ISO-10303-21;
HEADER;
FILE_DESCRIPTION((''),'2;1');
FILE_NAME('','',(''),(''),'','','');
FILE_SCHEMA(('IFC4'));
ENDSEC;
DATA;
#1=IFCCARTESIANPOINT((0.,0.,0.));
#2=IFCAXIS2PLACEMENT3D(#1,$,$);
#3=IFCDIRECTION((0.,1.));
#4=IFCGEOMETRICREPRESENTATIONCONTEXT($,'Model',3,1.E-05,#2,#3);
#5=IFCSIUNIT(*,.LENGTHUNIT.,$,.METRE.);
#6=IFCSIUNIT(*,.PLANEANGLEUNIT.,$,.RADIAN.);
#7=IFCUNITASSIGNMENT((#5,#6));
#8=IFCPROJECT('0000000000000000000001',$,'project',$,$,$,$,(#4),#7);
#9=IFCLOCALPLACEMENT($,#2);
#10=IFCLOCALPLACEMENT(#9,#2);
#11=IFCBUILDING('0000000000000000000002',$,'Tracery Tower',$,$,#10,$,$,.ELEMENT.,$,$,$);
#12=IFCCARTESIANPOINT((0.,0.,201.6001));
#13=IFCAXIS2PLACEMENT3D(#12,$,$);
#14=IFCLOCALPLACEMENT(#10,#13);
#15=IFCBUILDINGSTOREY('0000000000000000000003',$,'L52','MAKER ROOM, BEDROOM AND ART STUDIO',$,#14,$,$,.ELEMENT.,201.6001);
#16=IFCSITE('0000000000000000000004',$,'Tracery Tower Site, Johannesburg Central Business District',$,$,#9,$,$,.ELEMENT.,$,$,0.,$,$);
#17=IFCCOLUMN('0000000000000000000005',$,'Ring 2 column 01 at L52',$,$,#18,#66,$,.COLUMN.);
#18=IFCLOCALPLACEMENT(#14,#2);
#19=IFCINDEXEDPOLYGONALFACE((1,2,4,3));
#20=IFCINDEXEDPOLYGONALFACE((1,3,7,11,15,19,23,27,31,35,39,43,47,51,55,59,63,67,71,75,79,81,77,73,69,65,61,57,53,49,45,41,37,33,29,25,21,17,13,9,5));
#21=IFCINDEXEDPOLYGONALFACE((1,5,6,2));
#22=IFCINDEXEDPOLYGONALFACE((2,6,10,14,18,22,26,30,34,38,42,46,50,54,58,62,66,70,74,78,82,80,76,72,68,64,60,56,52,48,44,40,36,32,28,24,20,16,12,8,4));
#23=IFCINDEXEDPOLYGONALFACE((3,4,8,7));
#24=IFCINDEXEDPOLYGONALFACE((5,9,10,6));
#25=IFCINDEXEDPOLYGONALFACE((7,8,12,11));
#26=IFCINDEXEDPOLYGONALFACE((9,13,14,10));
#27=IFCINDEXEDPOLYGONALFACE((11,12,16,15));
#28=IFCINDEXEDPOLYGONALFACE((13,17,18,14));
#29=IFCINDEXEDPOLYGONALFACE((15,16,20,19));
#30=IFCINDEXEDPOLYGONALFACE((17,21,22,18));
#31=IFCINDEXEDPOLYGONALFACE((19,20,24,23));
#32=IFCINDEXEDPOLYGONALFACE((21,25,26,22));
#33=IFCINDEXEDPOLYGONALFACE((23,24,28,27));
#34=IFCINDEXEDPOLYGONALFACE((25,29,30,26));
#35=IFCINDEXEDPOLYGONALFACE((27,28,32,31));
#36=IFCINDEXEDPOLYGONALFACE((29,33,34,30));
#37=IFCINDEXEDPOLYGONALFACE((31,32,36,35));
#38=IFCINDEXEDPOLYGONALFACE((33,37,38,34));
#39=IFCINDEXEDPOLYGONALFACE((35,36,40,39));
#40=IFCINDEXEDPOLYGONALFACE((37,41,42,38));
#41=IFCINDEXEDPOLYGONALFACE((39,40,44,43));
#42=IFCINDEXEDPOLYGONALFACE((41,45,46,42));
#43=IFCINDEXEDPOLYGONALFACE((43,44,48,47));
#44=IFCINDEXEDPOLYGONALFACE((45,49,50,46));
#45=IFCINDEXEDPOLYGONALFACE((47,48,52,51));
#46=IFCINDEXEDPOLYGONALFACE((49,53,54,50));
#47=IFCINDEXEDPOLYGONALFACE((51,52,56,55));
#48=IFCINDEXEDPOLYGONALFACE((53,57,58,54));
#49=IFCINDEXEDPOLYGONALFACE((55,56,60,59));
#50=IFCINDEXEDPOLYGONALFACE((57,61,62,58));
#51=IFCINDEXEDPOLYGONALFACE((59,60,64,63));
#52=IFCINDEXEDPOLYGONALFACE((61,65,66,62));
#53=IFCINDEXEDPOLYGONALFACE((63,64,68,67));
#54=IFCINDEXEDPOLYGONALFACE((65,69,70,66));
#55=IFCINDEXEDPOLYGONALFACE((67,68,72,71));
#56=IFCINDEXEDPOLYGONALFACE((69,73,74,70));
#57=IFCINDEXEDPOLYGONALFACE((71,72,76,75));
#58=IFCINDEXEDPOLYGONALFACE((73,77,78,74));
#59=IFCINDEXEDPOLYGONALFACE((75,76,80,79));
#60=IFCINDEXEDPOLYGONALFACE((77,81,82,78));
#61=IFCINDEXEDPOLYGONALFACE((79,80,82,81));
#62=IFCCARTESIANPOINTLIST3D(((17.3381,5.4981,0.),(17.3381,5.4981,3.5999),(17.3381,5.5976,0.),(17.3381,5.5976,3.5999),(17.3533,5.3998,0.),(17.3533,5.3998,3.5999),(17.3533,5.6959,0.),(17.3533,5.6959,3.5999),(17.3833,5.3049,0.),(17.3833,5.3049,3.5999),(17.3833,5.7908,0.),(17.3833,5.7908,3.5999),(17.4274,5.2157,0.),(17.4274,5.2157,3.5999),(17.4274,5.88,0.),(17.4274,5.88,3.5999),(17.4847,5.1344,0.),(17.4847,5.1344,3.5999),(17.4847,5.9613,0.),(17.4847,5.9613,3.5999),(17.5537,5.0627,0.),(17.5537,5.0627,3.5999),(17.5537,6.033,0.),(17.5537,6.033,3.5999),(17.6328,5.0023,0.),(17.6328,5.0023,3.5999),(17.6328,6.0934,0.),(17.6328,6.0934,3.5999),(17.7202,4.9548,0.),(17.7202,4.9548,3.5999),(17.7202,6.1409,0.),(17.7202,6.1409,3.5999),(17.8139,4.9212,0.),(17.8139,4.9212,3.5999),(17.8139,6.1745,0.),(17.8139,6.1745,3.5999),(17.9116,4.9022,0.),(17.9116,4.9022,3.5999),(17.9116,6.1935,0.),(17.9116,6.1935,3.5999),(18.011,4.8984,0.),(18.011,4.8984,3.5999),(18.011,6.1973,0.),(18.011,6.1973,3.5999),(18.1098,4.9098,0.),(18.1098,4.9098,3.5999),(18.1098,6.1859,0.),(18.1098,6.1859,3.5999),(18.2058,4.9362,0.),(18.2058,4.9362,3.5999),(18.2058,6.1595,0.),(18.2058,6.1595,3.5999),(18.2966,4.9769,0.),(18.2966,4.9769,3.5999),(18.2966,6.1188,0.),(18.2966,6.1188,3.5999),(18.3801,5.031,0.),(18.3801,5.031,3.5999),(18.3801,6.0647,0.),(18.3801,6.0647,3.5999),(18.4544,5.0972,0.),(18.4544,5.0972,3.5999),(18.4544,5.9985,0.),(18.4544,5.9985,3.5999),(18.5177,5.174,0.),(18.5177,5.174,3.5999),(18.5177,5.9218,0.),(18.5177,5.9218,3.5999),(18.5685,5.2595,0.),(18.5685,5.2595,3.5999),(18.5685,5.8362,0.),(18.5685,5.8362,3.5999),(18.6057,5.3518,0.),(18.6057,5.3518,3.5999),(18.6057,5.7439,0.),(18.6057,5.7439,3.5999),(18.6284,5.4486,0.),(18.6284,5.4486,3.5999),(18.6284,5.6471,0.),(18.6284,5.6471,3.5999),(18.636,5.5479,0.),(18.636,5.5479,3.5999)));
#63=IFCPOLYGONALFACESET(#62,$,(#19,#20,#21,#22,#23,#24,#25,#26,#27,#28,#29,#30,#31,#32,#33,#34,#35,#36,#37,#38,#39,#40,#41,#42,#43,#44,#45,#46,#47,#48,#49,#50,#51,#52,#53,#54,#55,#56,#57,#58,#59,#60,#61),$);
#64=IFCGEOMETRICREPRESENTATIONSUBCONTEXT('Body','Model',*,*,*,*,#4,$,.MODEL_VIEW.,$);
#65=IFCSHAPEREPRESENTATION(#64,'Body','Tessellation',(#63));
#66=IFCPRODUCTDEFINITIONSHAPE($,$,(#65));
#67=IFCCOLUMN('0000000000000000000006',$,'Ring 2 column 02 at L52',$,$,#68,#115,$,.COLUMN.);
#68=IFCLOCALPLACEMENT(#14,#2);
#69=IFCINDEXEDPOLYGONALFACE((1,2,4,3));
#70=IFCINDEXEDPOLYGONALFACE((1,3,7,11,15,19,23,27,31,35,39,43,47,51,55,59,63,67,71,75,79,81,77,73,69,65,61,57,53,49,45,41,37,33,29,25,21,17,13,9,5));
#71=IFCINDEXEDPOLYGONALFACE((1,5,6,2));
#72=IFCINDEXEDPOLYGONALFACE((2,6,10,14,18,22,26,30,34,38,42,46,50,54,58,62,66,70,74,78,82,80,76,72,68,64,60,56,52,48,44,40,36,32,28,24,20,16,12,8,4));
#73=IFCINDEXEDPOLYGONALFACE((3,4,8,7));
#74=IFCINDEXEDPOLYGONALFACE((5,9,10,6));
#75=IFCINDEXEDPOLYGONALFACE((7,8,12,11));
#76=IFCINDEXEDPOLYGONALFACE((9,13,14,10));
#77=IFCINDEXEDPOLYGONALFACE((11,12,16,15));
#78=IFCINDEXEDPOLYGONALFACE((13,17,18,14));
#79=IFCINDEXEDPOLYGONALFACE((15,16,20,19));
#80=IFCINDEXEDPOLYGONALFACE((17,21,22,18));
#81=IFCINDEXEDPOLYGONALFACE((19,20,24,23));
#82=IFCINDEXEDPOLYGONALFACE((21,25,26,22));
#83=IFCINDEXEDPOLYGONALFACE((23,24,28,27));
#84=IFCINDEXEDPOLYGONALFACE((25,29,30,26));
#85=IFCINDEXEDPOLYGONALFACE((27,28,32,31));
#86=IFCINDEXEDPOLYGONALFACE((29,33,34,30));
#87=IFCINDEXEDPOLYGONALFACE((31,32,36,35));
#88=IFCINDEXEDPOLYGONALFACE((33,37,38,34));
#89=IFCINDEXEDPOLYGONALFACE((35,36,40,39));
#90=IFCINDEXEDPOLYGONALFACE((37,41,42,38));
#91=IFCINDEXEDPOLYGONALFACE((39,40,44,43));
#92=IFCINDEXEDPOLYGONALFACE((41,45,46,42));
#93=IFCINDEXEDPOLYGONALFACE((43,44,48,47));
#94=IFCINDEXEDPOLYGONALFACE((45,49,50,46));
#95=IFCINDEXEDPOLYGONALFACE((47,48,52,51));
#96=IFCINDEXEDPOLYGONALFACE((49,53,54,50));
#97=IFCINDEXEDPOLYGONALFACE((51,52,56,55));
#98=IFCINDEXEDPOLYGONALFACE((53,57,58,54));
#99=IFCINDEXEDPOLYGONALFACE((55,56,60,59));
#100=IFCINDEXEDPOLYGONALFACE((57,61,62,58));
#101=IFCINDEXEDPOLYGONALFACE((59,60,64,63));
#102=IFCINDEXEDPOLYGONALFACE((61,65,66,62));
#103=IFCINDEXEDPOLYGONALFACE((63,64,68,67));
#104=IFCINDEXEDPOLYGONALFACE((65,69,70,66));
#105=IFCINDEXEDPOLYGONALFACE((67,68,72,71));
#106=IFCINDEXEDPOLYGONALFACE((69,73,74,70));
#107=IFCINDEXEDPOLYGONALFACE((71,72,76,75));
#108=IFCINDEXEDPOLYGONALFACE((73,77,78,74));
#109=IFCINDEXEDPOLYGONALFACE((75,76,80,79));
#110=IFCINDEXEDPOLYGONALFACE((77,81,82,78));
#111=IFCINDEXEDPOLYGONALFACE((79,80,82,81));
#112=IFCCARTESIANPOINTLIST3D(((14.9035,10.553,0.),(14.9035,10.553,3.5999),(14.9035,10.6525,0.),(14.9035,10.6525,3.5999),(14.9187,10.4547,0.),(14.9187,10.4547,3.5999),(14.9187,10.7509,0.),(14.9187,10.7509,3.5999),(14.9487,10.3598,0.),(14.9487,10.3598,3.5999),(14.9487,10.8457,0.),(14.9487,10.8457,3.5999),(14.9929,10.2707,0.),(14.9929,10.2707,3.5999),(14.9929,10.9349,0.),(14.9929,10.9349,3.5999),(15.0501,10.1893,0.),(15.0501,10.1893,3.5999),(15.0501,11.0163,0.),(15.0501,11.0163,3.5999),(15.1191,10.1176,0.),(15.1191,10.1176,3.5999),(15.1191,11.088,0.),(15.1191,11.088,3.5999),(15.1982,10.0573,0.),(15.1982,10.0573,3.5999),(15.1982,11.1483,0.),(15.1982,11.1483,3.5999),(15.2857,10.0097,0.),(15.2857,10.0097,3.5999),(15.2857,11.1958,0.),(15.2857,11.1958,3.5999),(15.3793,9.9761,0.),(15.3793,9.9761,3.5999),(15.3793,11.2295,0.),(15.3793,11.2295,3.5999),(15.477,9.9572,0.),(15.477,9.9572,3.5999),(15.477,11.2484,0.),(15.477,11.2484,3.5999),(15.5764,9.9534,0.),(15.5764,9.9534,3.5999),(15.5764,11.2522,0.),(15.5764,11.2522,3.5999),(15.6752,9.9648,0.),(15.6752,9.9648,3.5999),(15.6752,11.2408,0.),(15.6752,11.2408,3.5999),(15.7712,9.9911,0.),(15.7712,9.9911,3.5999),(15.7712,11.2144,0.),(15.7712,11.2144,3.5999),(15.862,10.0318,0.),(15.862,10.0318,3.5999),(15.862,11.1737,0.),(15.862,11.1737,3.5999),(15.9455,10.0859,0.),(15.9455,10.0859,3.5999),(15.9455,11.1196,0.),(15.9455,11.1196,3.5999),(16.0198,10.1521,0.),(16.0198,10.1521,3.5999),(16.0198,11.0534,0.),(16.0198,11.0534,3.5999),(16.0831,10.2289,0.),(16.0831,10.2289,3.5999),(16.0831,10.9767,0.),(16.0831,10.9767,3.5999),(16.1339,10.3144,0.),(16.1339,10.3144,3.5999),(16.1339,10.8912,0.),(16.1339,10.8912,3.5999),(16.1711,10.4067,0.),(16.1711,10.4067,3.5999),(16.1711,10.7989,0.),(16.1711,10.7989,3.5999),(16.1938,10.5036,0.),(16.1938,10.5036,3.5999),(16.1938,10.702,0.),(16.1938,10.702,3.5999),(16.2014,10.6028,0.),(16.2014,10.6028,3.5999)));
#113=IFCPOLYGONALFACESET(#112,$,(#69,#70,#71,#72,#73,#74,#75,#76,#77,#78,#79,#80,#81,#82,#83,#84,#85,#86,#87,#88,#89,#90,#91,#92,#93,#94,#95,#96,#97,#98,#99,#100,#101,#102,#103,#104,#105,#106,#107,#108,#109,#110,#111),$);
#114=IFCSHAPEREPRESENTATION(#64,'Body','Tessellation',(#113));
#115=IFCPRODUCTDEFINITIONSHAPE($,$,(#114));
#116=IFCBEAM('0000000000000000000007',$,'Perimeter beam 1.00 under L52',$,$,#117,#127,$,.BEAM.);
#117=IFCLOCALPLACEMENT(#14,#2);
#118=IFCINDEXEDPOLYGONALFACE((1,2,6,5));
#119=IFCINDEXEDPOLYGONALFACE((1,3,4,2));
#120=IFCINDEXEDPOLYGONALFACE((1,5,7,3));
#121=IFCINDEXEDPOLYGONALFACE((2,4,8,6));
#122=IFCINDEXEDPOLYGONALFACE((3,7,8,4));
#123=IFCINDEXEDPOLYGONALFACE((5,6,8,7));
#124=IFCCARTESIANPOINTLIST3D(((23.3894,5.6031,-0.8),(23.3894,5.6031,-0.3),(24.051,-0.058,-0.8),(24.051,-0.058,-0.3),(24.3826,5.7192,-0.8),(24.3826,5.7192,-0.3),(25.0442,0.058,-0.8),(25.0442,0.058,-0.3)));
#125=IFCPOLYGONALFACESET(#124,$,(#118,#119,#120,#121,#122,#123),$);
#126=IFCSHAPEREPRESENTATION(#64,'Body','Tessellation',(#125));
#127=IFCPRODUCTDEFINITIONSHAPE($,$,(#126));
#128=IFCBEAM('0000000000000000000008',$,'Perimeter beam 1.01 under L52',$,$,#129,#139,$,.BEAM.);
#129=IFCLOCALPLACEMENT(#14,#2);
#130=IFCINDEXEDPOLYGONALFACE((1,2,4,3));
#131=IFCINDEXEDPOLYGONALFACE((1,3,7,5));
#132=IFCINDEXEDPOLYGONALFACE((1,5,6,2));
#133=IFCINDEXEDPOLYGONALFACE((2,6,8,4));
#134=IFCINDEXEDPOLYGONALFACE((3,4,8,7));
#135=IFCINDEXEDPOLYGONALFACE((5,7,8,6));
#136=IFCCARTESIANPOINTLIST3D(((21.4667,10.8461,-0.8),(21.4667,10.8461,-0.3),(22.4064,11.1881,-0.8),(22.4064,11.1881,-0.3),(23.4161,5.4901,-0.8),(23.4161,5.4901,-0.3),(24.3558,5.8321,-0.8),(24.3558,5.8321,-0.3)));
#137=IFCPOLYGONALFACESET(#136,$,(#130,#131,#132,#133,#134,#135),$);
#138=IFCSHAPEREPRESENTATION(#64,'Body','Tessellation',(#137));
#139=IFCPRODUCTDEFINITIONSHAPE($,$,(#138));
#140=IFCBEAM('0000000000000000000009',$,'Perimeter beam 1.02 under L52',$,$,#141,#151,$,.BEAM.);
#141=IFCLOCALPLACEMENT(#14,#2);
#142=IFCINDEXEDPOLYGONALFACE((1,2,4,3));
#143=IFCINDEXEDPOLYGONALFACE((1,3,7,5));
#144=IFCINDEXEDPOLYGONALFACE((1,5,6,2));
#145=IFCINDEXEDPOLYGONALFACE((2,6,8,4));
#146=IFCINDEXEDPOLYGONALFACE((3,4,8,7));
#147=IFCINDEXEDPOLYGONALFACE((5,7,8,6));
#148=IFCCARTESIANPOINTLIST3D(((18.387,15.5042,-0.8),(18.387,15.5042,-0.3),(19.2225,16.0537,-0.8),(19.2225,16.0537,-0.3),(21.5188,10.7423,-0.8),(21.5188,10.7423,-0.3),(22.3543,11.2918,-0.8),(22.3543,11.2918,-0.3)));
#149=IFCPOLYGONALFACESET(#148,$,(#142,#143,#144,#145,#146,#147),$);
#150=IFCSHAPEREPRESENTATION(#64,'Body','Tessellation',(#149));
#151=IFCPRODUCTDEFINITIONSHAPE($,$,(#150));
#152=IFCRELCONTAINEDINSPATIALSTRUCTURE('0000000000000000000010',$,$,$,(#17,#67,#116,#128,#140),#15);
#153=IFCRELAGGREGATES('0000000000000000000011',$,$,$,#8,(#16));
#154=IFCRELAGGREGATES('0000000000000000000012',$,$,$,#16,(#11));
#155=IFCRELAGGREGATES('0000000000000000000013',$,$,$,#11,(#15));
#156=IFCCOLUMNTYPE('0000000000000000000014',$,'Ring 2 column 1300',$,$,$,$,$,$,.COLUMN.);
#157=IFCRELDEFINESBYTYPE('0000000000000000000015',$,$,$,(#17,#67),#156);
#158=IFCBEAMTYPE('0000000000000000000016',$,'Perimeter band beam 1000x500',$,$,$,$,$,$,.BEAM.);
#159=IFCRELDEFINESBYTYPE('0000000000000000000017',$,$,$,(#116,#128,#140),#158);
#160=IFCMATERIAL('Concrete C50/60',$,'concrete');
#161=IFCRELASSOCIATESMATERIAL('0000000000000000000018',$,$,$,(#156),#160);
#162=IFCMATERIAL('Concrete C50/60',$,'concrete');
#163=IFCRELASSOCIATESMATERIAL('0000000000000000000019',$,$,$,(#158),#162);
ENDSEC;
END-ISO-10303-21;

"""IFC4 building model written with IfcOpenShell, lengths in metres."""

from ifc_helpers import new_model, si_unit, direction, frame, origin, origin_2d, place, context, subcontext, project, spatial, rectangle, circle, extrude, material, material_profile, profile_set, type_object, element, save


model = new_model("IFC4")

# Units and contexts
model_context = context("Model", 3, precision=1e-05, world=origin(), true_north=direction((0.0, 1.0)))
body_context = subcontext(model_context, "Body", "Model", "MODEL_VIEW")
ifc_project = project(units=[si_unit("LENGTHUNIT", "METRE"), si_unit("PLANEANGLEUNIT", "RADIAN")], contexts=[model_context])

# Site, building, storey
site_placement = place(None, origin())
site = spatial("IfcSite", under=ifc_project, at=site_placement, Name="Tracery Tower Site, Johannesburg Central Business District", CompositionType="ELEMENT", RefElevation=0.0)
building_placement = place(site_placement, origin())
building = spatial("IfcBuilding", under=site, at=building_placement, Name="Tracery Tower", CompositionType="ELEMENT")
storey_placement = place(building_placement, frame((0.0, 0.0, 201.6001)))
storey = spatial("IfcBuildingStorey", under=building, at=storey_placement, Name="L52", Description="MAKER ROOM, BEDROOM AND ART STUDIO", CompositionType="ELEMENT", Elevation=201.6001)

# Columns
ifc_material_1 = material(Name="Concrete C50/60", Category="concrete")
ifc_material_profile_1 = material_profile(ifc_material_1, circle(Radius=0.6499, at=origin_2d()), Name="RC D1300")
ifc_profile_set_1 = profile_set([ifc_material_profile_1], Name="Concrete C50/60")
column_type_1 = type_object("IfcColumnType", Name="Ring 2 column 1300", PredefinedType="COLUMN", material=ifc_profile_set_1)
for number, where, z_axis, x_axis, name in (
    (1, (17.9861, 5.5479, 0.0), (0.0, 0.0, 1.0), (1.0, 0.0, 0.0), "Ring 2 column 01 at L52"),
    (2, (15.5515, 10.6028, 0.0), (0.0, 0.0, 1.0), (1.0, 0.0, 0.0), "Ring 2 column 02 at L52"),
):
    element("IfcColumn", number, at=place(storey_placement, frame(where, z_axis=z_axis, x_axis=x_axis)), inside=storey, type_object=column_type_1, Name=name, PredefinedType="COLUMN", context=body_context, shape_type="SweptSolid", body=[
        extrude(circle(Radius=0.6499, at=origin_2d()), origin(), (0.0, 0.0, 1.0), 3.5999),
    ])

# Beams
ifc_material_2 = material(Name="Concrete C50/60", Category="concrete")
ifc_material_profile_2 = material_profile(ifc_material_2, rectangle(XDim=1.0, YDim=0.5, at=origin_2d()), Name="RC 1000x500")
ifc_profile_set_2 = profile_set([ifc_material_profile_2], Name="Concrete C50/60")
beam_type = type_object("IfcBeamType", Name="Perimeter band beam 1000x500", PredefinedType="BEAM", material=ifc_profile_set_2)
for number, where, z_axis, x_axis, name in (
    (3, (24.5476, 0.0, -0.55), (-0.116081, 0.99324, 0.0), (-0.99324, -0.116081, 0.0), "Perimeter beam 1.00 under L52"),
    (4, (23.886, 5.6611, -0.55), (-0.342029, 0.93969, 0.0), (-0.93969, -0.342029, 0.0), "Perimeter beam 1.01 under L52"),
):
    element("IfcBeam", number, at=place(storey_placement, frame(where, z_axis=z_axis, x_axis=x_axis)), inside=storey, type_object=beam_type, Name=name, PredefinedType="BEAM", context=body_context, shape_type="SweptSolid", body=[
        extrude(rectangle(XDim=1.0, YDim=0.5, at=origin_2d()), origin(), (0.0, 0.0, 1.0), 5.6997),
    ])
beam_placement = place(storey_placement, frame((21.9365, 11.0171, -0.55), z_axis=(-0.54949, 0.8355, 0.0), x_axis=(-0.8355, -0.54949, 0.0)))
element("IfcBeam", 5, at=beam_placement, inside=storey, type_object=beam_type, Name="Perimeter beam 1.02 under L52", PredefinedType="BEAM", context=body_context, shape_type="SweptSolid", body=[
    extrude(rectangle(XDim=1.0, YDim=0.5, at=origin_2d()), origin(), (0.0, 0.0, 1.0), 5.6995),
])

save(model, "model.ifc")
